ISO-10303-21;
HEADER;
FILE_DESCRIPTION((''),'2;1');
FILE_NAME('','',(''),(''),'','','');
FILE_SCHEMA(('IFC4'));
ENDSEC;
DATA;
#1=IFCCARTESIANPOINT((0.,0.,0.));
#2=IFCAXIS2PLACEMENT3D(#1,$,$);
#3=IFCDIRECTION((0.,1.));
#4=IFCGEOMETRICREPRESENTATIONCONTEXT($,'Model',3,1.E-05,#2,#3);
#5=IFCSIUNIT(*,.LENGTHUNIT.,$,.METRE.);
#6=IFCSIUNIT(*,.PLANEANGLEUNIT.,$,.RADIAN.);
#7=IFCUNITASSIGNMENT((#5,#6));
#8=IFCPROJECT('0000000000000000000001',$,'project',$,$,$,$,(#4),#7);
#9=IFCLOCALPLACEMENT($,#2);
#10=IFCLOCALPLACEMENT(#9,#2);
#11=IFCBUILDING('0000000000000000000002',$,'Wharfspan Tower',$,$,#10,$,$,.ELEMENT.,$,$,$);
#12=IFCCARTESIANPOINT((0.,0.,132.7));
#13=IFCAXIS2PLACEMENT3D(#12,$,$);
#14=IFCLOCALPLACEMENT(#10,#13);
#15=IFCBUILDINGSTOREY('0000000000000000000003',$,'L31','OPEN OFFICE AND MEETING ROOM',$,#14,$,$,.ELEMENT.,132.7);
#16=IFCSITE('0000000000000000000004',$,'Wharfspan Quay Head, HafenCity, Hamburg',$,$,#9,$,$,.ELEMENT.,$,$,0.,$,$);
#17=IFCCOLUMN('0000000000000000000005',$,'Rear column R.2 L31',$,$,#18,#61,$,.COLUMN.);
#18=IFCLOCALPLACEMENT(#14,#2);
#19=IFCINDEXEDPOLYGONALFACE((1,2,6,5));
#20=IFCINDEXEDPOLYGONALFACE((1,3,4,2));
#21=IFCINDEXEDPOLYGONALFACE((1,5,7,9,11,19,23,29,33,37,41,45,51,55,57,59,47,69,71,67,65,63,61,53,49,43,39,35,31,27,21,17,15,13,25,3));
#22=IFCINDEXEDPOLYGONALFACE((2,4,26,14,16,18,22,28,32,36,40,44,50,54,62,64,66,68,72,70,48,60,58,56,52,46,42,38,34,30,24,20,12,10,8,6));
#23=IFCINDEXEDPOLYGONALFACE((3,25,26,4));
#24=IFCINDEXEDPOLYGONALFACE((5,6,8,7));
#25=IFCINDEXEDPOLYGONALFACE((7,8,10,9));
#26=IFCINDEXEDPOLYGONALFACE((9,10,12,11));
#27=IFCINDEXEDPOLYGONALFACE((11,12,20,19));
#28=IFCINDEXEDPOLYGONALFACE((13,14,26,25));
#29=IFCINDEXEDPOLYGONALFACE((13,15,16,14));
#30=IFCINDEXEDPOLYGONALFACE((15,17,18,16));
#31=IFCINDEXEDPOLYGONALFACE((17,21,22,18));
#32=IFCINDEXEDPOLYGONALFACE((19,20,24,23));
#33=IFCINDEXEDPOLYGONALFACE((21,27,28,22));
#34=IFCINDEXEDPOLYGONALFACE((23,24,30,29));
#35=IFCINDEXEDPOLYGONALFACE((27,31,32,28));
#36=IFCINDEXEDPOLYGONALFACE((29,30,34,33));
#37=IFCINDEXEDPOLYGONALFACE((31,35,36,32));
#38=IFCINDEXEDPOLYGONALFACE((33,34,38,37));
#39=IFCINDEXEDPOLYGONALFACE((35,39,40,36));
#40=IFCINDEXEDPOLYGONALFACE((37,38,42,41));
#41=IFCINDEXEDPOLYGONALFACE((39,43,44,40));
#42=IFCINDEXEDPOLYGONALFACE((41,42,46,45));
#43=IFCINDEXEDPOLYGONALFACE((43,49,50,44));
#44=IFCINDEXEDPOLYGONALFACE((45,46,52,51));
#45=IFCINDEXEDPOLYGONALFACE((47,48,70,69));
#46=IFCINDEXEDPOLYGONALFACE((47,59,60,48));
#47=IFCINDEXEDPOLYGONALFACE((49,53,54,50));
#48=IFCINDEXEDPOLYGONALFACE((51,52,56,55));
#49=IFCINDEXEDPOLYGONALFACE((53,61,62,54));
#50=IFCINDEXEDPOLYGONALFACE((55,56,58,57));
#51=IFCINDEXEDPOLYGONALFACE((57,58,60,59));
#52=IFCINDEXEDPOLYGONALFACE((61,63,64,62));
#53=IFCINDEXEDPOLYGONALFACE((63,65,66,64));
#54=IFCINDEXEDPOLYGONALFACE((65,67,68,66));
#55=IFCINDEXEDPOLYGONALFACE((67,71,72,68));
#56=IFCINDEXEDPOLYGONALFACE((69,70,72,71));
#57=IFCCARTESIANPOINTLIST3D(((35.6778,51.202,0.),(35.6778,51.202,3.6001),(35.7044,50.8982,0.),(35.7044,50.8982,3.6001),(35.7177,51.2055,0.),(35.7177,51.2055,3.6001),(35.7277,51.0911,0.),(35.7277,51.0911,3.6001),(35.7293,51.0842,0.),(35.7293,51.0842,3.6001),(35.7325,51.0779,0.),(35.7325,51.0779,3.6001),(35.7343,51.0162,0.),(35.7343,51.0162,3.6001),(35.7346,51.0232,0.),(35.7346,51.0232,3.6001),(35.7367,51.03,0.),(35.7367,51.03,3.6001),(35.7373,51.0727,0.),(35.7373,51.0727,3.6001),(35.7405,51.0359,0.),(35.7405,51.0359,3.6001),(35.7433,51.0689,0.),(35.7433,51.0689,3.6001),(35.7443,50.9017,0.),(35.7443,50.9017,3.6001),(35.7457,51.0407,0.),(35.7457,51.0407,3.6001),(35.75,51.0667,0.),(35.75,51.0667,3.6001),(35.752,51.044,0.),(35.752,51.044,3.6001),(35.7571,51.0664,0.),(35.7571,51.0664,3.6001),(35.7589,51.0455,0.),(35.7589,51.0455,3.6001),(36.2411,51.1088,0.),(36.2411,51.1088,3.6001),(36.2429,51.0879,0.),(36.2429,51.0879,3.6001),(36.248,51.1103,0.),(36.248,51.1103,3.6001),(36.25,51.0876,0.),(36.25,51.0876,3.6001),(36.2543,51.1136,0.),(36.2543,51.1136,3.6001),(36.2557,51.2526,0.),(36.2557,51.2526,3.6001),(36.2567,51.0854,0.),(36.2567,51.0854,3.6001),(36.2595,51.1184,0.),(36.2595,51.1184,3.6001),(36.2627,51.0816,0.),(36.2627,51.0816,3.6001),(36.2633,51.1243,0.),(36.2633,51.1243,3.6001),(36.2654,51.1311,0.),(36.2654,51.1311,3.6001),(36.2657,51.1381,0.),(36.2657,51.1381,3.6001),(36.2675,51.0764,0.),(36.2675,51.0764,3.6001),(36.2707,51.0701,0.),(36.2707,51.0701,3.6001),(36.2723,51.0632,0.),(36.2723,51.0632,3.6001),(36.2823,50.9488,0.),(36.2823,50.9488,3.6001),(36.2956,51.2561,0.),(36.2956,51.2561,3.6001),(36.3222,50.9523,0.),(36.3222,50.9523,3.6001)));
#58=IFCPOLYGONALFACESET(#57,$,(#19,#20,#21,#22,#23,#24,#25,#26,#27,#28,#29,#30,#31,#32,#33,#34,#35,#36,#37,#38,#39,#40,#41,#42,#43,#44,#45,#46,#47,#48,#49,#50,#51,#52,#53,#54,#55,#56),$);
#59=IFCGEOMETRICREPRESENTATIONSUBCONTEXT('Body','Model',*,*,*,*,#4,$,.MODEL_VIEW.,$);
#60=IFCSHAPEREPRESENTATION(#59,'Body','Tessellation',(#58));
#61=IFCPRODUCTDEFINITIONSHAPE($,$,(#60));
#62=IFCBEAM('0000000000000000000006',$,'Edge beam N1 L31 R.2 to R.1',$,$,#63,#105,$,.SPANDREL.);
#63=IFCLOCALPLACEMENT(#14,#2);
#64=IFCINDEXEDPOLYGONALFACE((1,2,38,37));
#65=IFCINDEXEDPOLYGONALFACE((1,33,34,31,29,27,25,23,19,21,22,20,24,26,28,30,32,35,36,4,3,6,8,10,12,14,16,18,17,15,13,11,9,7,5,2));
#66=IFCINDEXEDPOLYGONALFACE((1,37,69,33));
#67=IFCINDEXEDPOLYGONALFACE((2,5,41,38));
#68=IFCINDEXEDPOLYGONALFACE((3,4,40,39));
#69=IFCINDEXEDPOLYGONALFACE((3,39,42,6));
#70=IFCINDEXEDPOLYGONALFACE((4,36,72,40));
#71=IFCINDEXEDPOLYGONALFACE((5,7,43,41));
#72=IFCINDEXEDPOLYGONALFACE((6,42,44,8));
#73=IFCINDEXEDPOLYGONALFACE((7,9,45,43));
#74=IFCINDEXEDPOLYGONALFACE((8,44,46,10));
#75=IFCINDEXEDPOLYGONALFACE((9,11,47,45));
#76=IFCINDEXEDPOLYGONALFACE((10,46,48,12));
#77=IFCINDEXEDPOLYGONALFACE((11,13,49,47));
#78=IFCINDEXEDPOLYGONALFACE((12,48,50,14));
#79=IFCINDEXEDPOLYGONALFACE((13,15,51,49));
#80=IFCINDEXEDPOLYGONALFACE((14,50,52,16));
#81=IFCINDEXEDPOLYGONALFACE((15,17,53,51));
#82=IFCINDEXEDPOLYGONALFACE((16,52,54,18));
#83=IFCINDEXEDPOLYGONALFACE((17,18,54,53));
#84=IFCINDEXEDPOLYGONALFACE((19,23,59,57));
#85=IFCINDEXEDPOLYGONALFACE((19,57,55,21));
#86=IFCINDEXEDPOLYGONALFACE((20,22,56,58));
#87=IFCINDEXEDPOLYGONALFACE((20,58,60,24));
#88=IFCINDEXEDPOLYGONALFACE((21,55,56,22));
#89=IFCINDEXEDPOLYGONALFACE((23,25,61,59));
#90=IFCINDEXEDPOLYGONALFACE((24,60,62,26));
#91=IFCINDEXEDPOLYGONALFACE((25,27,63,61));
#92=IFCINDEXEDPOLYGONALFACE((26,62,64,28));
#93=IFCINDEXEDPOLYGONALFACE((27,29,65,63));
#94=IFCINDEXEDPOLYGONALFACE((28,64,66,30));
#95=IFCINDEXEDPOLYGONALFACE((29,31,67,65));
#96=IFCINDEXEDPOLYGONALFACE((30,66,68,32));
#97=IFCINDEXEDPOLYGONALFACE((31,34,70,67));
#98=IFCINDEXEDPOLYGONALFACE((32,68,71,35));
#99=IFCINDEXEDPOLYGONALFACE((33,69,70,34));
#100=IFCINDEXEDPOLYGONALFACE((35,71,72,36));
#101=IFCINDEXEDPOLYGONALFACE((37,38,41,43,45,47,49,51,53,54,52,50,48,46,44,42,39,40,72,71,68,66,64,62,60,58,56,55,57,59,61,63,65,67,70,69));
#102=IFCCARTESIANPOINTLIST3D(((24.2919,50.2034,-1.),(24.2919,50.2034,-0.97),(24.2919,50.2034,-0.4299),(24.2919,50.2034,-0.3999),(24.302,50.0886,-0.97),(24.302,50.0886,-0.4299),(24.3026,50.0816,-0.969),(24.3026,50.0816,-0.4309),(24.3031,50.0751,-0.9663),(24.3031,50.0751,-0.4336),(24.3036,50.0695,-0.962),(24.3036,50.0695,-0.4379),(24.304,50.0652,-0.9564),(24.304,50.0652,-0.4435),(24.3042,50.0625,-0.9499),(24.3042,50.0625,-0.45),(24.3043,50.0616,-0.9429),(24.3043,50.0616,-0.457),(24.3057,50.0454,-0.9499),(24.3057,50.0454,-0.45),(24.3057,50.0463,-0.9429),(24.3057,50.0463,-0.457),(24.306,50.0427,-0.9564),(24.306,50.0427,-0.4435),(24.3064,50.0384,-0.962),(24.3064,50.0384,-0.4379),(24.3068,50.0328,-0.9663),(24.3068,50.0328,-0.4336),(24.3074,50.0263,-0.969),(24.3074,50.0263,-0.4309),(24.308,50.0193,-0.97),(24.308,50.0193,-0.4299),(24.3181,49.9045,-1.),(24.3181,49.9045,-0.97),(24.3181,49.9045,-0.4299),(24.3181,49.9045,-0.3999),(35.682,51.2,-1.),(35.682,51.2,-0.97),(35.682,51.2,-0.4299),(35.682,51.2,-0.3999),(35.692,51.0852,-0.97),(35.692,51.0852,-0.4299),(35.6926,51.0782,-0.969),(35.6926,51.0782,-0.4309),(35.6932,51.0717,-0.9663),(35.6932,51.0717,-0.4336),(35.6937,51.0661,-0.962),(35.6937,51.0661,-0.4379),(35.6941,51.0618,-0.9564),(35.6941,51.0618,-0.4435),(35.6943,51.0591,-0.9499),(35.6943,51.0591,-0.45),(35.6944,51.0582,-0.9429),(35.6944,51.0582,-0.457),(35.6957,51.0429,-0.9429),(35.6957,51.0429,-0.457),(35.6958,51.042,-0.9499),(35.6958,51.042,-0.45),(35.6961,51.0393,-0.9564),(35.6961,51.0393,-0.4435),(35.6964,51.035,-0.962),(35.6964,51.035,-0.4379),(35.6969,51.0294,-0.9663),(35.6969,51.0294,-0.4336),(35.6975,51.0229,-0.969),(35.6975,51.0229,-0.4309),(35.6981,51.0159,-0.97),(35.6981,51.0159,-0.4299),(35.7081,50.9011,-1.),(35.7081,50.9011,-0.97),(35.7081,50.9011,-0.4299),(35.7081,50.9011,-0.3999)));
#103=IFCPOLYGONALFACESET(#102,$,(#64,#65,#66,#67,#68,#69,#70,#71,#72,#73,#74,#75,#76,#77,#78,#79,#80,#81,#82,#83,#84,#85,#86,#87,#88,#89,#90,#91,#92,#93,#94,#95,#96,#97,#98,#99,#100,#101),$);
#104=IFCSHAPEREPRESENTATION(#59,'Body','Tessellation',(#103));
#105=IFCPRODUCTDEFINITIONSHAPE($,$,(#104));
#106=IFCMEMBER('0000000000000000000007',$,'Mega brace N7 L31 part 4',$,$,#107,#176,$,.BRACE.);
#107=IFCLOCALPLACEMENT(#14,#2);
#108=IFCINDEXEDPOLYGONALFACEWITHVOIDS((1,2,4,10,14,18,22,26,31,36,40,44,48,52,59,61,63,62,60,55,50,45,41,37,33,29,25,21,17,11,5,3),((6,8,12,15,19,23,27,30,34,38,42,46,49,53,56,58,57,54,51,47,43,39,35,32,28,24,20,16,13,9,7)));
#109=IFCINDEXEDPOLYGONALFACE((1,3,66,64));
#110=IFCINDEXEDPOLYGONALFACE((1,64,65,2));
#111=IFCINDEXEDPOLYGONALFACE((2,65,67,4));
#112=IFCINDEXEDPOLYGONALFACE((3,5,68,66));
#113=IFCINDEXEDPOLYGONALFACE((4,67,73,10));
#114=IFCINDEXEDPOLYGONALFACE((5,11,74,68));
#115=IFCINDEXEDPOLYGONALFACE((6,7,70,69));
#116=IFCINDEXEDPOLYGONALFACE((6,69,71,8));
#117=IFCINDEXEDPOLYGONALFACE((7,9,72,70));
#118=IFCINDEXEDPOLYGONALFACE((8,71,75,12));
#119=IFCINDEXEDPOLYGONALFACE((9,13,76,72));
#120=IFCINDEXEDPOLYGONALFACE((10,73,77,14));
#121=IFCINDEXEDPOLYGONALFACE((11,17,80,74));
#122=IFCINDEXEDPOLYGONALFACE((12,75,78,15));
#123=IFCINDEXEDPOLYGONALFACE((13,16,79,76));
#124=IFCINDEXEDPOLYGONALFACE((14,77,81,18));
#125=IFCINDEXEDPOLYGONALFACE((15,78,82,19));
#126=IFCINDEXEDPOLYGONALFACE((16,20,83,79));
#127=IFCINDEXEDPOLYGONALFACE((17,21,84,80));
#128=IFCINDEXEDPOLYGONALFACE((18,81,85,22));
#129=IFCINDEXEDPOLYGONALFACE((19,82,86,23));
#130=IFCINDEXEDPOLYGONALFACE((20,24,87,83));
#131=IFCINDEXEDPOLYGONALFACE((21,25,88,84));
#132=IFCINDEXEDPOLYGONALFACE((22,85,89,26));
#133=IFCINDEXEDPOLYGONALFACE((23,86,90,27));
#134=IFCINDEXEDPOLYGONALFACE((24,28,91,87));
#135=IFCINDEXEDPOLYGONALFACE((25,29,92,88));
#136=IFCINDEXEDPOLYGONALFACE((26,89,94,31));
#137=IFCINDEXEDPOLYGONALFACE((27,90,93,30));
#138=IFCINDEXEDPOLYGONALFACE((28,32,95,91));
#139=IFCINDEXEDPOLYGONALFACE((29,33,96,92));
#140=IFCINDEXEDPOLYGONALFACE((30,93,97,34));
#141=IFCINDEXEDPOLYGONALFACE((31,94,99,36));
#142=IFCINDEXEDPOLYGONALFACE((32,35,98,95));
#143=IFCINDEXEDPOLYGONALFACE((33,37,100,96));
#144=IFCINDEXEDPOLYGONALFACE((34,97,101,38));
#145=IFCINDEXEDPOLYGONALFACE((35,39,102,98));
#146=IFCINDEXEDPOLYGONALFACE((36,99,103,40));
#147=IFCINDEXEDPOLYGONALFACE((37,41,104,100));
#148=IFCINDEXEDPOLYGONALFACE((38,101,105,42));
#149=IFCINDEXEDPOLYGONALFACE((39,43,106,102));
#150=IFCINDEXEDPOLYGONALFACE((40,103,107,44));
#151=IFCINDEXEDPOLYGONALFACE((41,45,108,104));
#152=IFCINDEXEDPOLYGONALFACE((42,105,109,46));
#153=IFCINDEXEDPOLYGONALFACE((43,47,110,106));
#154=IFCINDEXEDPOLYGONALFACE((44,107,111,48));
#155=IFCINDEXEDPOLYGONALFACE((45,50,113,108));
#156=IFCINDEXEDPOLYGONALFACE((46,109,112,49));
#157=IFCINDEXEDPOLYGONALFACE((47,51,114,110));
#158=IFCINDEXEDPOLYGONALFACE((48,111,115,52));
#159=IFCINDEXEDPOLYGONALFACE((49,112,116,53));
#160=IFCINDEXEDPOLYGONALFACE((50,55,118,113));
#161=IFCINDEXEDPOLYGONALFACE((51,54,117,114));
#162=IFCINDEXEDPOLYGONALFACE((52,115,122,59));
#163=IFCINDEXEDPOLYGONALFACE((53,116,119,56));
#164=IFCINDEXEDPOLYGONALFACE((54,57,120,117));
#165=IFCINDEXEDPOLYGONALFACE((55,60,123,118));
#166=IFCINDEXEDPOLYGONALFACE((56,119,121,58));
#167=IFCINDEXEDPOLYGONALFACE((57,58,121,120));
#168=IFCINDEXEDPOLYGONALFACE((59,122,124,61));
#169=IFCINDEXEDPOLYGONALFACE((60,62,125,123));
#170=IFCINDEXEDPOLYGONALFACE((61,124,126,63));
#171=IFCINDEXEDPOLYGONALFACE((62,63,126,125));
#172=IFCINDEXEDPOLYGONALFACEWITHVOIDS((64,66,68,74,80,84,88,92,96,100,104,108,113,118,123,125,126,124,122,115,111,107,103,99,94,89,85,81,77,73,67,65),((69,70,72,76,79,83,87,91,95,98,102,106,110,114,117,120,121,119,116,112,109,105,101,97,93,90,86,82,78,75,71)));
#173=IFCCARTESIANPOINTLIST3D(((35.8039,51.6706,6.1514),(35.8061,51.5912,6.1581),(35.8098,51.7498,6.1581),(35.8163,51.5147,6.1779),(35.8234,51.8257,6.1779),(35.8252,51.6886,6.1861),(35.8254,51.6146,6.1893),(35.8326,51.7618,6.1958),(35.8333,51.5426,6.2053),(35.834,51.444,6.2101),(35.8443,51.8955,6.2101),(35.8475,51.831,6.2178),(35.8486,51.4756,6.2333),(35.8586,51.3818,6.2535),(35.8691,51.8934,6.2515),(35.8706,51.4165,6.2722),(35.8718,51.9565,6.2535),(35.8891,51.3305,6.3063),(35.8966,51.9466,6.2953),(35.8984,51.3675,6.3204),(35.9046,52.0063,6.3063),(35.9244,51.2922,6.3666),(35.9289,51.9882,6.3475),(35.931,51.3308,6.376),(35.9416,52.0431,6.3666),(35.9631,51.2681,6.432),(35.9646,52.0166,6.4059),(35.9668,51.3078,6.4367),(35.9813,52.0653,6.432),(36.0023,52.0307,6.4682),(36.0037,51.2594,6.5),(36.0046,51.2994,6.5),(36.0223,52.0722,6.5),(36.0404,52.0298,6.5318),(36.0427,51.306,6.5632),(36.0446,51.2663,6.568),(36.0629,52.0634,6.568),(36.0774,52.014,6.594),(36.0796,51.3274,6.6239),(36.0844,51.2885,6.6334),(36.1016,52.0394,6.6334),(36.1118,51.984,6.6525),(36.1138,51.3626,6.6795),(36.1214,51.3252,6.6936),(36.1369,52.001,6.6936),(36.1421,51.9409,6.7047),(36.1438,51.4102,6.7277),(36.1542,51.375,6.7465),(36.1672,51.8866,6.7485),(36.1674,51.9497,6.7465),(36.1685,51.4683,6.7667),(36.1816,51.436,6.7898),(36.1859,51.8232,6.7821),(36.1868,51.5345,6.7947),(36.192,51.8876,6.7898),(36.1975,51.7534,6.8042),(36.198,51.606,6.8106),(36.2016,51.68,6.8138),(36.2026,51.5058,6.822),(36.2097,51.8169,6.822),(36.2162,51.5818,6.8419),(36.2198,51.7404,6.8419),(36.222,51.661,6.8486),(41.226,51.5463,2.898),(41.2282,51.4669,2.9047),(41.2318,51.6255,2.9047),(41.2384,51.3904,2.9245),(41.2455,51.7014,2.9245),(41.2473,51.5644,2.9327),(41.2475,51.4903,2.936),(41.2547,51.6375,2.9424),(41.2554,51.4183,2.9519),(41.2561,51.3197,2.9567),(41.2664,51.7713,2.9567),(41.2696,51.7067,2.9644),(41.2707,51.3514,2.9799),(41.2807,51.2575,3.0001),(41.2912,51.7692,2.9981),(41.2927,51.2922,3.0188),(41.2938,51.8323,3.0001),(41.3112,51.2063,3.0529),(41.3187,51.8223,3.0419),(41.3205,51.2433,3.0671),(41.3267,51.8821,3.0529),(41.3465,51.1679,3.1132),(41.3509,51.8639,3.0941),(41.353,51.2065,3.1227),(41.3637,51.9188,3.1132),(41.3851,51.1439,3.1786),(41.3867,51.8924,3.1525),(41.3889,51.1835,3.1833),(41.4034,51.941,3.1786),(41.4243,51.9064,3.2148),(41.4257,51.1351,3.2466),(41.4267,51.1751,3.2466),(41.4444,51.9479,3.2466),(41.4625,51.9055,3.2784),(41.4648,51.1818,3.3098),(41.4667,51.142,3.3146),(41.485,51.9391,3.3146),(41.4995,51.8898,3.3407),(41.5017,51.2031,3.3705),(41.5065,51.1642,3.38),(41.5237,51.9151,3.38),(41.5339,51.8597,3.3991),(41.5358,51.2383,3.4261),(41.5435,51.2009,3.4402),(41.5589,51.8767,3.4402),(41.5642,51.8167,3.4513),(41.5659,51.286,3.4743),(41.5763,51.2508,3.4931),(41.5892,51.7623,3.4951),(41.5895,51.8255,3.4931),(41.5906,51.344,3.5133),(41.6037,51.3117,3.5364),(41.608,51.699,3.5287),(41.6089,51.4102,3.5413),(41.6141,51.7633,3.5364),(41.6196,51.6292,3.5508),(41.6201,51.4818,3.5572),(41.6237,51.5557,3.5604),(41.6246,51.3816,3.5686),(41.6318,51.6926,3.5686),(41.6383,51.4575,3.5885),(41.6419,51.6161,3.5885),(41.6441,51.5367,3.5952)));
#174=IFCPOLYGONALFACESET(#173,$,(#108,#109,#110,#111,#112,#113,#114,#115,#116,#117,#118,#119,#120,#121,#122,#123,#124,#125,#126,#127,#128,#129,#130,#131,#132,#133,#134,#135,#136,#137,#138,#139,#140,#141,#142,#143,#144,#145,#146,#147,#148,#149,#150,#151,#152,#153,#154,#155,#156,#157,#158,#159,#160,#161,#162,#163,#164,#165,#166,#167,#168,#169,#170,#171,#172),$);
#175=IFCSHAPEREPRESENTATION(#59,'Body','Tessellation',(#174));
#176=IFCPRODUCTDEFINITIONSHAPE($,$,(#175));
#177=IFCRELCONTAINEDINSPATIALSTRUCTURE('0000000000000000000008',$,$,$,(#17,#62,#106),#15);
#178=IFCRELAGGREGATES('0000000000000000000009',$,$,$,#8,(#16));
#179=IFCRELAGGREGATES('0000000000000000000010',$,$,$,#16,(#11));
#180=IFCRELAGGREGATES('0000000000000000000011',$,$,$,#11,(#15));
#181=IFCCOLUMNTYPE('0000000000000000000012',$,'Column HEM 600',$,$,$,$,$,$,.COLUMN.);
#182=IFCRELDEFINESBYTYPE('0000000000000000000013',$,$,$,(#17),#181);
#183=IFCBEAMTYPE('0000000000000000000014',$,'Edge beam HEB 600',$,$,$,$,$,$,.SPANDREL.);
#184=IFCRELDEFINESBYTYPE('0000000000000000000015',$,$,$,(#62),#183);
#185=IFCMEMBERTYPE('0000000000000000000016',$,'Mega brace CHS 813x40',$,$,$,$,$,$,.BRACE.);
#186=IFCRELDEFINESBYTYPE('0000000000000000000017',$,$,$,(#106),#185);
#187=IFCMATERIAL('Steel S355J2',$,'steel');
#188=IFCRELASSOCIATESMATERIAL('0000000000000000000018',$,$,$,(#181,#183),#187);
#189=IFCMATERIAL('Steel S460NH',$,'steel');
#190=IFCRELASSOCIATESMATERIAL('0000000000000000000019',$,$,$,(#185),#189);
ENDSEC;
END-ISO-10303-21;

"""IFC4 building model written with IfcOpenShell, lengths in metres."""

from ifc_helpers import new_model, si_unit, direction, frame, origin, origin_2d, place, context, subcontext, project, spatial, hollow_circle, i_section, extrude, material, material_profile, profile_set, type_object, element, save


model = new_model("IFC4")

# Units and contexts
model_context = context("Model", 3, precision=1e-05, world=origin(), true_north=direction((0.0, 1.0)))
body_context = subcontext(model_context, "Body", "Model", "MODEL_VIEW")
ifc_project = project(units=[si_unit("LENGTHUNIT", "METRE"), si_unit("PLANEANGLEUNIT", "RADIAN")], contexts=[model_context])

# Site, building, storey
site_placement = place(None, origin())
site = spatial("IfcSite", under=ifc_project, at=site_placement, Name="Wharfspan Quay Head, HafenCity, Hamburg", CompositionType="ELEMENT", RefElevation=0.0)
building_placement = place(site_placement, origin())
building = spatial("IfcBuilding", under=site, at=building_placement, Name="Wharfspan Tower", CompositionType="ELEMENT")
storey_placement = place(building_placement, frame((0.0, 0.0, 132.7)))
storey = spatial("IfcBuildingStorey", under=building, at=storey_placement, Name="L31", Description="OPEN OFFICE AND MEETING ROOM", CompositionType="ELEMENT", Elevation=132.7)

# Column
ifc_material_1 = material(Name="Steel S355J2", Category="steel")
ifc_material_profile_1 = material_profile(ifc_material_1, i_section(OverallWidth=0.3049, OverallDepth=0.6201, WebThickness=0.021, FlangeThickness=0.04, FilletRadius=0.0271, at=origin_2d()))
ifc_profile_set_1 = profile_set([ifc_material_profile_1], Name="Steel S355J2")
column_type = type_object("IfcColumnType", Name="Column HEM 600", PredefinedType="COLUMN", material=ifc_profile_set_1)
column_placement = place(storey_placement, frame((36.0, 51.0771, 0.0), z_axis=(0.0, 0.0, 1.0), x_axis=(-0.087156, 0.996198, 0.0)))
element("IfcColumn", 1, at=column_placement, inside=storey, type_object=column_type, Name="Rear column R.2 L31", PredefinedType="COLUMN", context=body_context, shape_type="SweptSolid", body=[
    extrude(i_section(OverallWidth=0.3049, OverallDepth=0.6201, WebThickness=0.021, FlangeThickness=0.04, FilletRadius=0.0271, at=origin_2d()), origin(), (0.0, 0.0, 1.0), 3.6001),
])

# Beam
ifc_material_profile_2 = material_profile(ifc_material_1, i_section(OverallWidth=0.3, OverallDepth=0.6001, WebThickness=0.0154, FlangeThickness=0.03, FilletRadius=0.0271, at=origin_2d()))
ifc_profile_set_2 = profile_set([ifc_material_profile_2], Name="Steel S355J2")
beam_type = type_object("IfcBeamType", Name="Edge beam HEB 600", PredefinedType="SPANDREL", material=ifc_profile_set_2)
beam_placement = place(storey_placement, frame((35.6951, 51.0505, -0.7), z_axis=(-0.996194, -0.087162, 0.0), x_axis=(0.087162, -0.996194, 0.0)))
element("IfcBeam", 2, at=beam_placement, inside=storey, type_object=beam_type, Name="Edge beam N1 L31 R.2 to R.1", PredefinedType="SPANDREL", context=body_context, shape_type="SweptSolid", body=[
    extrude(i_section(OverallWidth=0.3, OverallDepth=0.6001, WebThickness=0.0154, FlangeThickness=0.03, FilletRadius=0.0271, at=origin_2d()), origin(), (0.0, 0.0, 1.0), 11.4336),
])

# Member
ifc_material_2 = material(Name="Steel S460NH", Category="steel")
ifc_material_profile_3 = material_profile(ifc_material_2, hollow_circle(Radius=0.4065, WallThickness=0.04, at=origin_2d()))
ifc_profile_set_3 = profile_set([ifc_material_profile_3], Name="Steel S460NH")
member_type = type_object("IfcMemberType", Name="Mega brace CHS 813x40", PredefinedType="BRACE", material=ifc_profile_set_3)
member_1_placement = place(storey_placement, frame((41.4351, 51.5415, 3.2466), z_axis=(-0.857317, 0.019649, 0.514413), x_axis=(-0.022912, -0.999739, 0.000002)))
element("IfcMember", 3, at=member_1_placement, inside=storey, type_object=member_type, Name="Mega brace N7 L31 part 4", PredefinedType="BRACE", context=body_context, shape_type="SweptSolid", body=[
    extrude(hollow_circle(Radius=0.4065, WallThickness=0.04, at=origin_2d()), origin(), (0.0, 0.0, 1.0), 6.3245),
])

save(model, "model.ifc")
